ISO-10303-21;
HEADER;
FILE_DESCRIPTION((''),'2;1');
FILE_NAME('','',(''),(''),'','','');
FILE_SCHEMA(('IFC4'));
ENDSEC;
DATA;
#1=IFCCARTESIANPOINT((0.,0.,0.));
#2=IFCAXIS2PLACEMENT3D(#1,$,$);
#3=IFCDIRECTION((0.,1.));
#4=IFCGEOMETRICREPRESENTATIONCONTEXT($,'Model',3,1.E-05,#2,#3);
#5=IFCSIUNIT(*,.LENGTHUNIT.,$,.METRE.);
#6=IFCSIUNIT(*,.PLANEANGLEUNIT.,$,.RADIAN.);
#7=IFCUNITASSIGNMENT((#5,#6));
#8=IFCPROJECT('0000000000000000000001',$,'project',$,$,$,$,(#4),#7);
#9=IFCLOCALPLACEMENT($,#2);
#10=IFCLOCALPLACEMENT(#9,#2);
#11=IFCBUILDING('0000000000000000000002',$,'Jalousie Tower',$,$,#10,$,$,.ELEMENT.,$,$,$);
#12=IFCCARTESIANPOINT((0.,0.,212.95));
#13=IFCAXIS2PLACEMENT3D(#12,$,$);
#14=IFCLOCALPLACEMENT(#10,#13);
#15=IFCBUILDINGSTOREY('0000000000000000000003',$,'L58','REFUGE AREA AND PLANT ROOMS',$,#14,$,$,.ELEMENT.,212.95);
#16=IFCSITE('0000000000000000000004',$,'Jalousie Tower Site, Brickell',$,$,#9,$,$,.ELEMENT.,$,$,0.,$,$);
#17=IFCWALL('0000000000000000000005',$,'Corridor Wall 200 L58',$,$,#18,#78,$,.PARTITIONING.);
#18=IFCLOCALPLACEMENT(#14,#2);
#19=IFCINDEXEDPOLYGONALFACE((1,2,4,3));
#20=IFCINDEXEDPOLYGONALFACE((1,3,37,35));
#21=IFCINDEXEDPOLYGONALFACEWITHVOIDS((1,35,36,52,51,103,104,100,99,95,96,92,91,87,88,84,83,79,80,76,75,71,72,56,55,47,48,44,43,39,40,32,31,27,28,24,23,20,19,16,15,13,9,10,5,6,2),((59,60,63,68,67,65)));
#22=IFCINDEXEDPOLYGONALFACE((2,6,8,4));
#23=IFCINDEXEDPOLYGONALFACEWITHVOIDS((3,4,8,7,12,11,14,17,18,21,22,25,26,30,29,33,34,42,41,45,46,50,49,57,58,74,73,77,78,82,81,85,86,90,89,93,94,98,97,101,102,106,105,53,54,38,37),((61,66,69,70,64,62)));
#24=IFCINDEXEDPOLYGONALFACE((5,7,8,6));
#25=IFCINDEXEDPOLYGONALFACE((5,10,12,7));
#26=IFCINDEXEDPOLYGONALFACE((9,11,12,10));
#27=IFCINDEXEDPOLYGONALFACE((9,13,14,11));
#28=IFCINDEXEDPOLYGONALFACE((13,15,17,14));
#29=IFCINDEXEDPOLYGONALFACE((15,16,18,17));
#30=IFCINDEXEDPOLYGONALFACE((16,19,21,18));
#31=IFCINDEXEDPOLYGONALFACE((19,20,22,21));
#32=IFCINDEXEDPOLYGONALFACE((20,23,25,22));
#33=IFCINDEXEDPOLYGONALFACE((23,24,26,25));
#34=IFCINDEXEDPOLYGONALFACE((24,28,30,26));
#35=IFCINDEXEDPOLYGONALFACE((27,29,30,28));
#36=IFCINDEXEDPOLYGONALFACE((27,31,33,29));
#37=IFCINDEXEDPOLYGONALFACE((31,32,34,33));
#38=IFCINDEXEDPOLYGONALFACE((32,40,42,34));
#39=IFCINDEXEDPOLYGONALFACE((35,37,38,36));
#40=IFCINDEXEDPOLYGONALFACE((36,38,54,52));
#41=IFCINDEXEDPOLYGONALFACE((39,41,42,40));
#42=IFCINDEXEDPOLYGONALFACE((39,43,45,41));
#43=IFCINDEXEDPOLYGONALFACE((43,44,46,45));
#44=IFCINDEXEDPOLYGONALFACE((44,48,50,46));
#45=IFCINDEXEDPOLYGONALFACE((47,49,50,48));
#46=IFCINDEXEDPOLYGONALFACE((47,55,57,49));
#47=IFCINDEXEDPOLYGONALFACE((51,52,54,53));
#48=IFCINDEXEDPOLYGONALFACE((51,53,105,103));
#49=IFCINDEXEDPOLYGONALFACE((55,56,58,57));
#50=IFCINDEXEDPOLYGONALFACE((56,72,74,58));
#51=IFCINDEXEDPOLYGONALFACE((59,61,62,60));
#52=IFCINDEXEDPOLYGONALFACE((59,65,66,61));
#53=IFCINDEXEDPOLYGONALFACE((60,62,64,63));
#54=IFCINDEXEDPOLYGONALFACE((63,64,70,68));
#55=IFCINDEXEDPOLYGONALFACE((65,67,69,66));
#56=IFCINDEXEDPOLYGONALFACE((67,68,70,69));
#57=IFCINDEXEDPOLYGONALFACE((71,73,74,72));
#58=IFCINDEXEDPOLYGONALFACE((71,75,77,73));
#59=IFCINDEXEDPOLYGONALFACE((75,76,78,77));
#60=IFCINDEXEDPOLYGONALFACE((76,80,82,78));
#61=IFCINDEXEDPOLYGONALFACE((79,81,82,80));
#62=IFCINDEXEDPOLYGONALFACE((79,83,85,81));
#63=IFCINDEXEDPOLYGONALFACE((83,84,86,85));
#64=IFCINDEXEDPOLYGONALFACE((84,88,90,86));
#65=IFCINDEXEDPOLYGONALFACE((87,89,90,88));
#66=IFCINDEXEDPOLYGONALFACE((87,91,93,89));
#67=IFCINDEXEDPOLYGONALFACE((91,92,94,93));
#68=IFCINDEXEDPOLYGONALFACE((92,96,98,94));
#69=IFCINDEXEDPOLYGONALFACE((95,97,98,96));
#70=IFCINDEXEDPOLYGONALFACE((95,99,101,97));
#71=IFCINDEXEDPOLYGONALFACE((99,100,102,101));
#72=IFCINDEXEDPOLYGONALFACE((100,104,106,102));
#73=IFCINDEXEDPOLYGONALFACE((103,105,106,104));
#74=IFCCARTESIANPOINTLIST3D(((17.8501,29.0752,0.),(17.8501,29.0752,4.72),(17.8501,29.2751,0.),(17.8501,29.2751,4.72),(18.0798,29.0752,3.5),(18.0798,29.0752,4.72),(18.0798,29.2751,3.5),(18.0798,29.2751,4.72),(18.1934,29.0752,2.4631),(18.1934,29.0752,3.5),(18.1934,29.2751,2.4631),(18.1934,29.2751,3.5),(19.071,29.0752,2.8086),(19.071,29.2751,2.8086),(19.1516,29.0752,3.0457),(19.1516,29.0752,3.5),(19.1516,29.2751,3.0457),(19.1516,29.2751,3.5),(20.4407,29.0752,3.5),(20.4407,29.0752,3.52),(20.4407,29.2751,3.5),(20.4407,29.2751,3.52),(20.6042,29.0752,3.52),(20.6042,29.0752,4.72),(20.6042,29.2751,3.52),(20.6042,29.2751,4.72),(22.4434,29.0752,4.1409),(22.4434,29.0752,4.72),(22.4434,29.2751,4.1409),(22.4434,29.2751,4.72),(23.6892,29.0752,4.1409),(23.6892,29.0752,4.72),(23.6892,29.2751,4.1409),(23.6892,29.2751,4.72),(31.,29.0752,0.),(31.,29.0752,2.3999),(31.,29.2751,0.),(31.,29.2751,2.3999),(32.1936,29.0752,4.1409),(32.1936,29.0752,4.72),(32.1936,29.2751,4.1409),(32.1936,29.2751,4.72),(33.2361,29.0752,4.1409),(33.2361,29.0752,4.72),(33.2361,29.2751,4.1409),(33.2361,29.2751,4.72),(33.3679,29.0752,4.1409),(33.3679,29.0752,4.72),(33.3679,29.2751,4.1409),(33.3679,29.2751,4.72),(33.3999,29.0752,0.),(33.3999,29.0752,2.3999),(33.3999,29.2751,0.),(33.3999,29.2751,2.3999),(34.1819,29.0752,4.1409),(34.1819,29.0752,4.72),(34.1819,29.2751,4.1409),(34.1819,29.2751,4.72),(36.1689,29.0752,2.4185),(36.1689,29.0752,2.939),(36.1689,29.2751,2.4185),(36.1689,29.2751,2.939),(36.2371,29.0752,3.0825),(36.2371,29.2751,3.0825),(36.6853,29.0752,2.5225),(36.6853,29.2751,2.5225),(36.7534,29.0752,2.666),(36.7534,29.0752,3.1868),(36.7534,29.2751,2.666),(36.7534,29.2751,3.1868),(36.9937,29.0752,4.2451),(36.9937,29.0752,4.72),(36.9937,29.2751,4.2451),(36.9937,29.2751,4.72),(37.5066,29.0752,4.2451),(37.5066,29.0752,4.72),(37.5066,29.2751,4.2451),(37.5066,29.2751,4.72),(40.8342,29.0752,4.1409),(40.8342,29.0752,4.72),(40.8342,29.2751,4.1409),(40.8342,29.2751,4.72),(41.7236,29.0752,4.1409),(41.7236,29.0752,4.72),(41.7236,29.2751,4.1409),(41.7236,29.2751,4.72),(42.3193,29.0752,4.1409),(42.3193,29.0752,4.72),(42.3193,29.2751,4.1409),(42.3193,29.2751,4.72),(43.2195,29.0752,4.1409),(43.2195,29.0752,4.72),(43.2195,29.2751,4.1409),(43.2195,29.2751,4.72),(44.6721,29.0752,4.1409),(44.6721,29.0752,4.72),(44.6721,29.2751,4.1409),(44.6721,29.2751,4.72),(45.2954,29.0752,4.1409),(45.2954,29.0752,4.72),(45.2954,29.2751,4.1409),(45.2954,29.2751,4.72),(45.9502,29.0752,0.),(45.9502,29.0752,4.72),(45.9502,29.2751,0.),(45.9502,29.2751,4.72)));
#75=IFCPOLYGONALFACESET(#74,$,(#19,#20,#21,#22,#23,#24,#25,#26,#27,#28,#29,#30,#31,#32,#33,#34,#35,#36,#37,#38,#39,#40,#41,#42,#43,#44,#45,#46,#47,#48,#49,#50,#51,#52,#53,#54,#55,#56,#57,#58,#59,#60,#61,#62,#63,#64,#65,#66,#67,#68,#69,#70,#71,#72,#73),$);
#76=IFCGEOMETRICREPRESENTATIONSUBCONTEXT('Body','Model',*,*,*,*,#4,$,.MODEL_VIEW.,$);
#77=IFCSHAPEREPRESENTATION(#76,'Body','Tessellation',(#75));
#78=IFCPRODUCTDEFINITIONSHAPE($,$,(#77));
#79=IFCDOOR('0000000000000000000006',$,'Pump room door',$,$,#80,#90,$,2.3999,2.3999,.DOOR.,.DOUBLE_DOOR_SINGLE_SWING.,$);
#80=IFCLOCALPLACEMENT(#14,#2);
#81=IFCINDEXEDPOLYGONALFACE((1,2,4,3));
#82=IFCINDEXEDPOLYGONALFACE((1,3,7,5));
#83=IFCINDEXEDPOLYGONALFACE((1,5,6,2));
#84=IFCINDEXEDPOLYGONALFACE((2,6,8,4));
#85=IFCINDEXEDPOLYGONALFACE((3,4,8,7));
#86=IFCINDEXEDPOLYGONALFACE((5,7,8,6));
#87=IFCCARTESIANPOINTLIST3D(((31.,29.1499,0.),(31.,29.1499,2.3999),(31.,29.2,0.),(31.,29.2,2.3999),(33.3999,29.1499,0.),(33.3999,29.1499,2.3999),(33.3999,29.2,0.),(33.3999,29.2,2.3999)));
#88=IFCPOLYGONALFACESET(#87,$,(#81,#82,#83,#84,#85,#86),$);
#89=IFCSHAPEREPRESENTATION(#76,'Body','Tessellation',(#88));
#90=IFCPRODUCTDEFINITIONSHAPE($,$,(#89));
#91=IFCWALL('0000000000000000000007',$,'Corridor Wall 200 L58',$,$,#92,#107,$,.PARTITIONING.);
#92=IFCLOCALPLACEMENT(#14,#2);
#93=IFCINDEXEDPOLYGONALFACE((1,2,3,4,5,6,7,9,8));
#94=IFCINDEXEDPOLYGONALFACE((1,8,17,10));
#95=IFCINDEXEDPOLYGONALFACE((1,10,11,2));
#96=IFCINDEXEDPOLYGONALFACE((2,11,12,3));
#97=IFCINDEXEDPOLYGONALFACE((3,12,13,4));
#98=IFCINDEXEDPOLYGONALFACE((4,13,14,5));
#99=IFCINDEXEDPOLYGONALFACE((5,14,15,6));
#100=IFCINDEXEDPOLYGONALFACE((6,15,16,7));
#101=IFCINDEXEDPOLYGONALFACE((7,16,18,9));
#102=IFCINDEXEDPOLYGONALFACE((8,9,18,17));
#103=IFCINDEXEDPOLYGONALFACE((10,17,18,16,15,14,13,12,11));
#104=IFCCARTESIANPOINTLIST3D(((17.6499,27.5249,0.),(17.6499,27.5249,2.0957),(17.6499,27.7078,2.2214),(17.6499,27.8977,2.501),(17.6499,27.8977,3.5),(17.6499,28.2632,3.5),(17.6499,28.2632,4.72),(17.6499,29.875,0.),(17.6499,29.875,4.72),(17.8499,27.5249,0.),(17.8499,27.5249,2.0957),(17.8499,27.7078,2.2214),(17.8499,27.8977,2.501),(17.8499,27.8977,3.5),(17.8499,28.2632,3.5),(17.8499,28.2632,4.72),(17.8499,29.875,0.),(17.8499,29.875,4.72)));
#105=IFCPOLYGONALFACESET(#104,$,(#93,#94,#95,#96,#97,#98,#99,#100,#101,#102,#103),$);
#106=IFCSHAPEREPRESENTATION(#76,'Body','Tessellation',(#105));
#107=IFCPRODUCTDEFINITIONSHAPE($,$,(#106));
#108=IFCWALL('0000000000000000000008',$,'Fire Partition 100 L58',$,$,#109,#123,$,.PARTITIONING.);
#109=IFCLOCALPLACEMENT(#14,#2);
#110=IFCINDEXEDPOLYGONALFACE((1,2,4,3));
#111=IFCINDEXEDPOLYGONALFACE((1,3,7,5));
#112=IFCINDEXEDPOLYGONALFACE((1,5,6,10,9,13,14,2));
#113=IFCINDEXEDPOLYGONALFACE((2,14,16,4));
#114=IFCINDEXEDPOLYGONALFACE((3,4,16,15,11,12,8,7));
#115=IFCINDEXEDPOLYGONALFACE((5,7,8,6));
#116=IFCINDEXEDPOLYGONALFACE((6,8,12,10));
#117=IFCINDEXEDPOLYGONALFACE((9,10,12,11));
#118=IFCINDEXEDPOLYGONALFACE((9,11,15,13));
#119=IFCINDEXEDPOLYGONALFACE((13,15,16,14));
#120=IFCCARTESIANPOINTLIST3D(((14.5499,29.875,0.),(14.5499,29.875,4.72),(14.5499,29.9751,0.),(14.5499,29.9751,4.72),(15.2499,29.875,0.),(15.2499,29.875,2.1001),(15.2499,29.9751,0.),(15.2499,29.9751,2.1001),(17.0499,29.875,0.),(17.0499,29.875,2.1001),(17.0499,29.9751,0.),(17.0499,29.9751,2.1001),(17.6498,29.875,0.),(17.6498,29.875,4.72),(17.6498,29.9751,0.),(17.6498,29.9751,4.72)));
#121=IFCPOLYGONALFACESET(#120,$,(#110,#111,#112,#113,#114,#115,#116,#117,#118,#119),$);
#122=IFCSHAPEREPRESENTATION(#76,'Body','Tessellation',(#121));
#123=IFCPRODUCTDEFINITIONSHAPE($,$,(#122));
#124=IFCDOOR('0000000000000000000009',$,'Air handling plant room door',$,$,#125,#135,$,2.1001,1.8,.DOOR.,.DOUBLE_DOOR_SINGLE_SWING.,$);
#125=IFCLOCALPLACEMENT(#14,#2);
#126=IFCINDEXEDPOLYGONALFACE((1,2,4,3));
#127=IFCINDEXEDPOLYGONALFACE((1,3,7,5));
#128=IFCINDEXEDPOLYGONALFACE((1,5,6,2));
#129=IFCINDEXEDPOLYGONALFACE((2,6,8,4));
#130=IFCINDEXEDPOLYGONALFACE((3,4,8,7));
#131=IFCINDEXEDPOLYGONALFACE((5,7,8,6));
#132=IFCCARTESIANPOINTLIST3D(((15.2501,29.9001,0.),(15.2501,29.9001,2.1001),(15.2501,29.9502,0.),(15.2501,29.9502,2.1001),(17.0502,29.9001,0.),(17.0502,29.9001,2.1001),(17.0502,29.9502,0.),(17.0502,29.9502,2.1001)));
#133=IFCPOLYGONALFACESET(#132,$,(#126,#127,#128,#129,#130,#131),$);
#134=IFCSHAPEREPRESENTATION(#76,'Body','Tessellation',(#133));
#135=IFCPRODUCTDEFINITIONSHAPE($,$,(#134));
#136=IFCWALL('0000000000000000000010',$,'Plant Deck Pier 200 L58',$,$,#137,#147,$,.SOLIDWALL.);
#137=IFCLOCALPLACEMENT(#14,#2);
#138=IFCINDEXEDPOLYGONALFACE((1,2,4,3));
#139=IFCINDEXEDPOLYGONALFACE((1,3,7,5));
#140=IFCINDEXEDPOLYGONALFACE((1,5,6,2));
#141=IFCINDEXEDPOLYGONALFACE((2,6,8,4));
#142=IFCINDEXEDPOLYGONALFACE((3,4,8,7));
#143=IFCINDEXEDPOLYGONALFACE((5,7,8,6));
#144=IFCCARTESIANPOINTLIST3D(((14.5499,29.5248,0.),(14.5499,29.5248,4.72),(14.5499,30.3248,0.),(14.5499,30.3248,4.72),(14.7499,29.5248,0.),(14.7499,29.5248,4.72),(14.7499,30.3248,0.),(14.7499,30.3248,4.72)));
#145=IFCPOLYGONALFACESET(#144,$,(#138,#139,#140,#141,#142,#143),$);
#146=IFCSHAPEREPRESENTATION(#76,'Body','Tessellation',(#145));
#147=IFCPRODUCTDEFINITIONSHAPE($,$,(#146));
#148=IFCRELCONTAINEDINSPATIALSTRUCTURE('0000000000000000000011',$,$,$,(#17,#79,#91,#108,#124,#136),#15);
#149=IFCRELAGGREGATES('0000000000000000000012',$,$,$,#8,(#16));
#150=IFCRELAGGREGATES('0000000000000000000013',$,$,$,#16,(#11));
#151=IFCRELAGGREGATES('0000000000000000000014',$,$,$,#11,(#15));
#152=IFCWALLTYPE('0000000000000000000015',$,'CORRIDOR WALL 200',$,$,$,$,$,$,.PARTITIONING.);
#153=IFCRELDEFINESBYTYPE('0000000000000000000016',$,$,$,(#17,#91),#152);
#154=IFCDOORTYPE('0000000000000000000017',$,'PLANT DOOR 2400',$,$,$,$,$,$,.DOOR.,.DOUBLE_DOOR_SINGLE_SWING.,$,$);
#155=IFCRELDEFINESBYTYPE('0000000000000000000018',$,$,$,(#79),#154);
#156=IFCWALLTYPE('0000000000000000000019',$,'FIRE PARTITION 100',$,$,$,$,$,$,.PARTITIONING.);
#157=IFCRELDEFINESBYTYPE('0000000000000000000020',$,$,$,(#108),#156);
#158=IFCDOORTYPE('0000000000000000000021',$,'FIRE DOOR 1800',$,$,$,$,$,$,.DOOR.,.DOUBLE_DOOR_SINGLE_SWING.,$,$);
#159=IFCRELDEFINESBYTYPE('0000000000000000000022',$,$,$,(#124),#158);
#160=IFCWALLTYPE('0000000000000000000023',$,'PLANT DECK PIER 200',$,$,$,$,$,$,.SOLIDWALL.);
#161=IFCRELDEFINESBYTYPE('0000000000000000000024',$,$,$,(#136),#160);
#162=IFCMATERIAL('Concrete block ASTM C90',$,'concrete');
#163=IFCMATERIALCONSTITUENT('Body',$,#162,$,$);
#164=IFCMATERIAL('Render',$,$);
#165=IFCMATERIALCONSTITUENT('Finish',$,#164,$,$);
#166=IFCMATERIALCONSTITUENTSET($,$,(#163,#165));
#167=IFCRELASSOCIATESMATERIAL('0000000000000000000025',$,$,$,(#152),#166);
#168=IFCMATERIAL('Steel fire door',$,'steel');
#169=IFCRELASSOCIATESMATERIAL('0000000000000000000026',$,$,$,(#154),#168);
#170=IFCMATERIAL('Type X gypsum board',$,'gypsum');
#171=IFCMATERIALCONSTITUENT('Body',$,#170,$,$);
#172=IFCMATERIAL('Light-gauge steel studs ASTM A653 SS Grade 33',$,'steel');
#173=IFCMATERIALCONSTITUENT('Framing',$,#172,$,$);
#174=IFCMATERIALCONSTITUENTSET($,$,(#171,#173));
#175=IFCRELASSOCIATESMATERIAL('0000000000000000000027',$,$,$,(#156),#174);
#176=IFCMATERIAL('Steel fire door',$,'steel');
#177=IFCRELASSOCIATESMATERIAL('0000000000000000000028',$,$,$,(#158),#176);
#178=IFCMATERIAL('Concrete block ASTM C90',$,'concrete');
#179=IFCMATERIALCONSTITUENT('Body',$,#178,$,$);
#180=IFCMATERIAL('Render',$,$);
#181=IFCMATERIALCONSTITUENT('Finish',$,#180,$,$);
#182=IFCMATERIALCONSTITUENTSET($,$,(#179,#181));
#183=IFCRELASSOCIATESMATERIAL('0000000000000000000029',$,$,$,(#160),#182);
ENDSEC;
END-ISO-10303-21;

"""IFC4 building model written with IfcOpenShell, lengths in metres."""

from ifc_helpers import new_model, si_unit, direction, frame, frame_2d, origin, place, context, subcontext, project, spatial, polyline, rectangle, outline, extrude, material, constituent, constituent_set, type_object, element, fill, save


model = new_model("IFC4")

# Units and contexts
model_context = context("Model", 3, precision=1e-05, world=origin(), true_north=direction((0.0, 1.0)))
body_context = subcontext(model_context, "Body", "Model", "MODEL_VIEW")
ifc_project = project(units=[si_unit("LENGTHUNIT", "METRE"), si_unit("PLANEANGLEUNIT", "RADIAN")], contexts=[model_context])

# Site, building, storey
site_placement = place(None, origin())
site = spatial("IfcSite", under=ifc_project, at=site_placement, Name="Jalousie Tower Site, Brickell", CompositionType="ELEMENT", RefElevation=0.0)
building_placement = place(site_placement, origin())
building = spatial("IfcBuilding", under=site, at=building_placement, Name="Jalousie Tower", CompositionType="ELEMENT")
storey_placement = place(building_placement, frame((0.0, 0.0, 212.95)))
storey = spatial("IfcBuildingStorey", under=building, at=storey_placement, Name="L58", Description="REFUGE AREA AND PLANT ROOMS", CompositionType="ELEMENT", Elevation=212.95)

# Wall, opening, door
ifc_material_1 = material(Name="Concrete block ASTM C90", Category="concrete")
ifc_constituent_1 = constituent(ifc_material_1, Name="Body")
ifc_material_2 = material(Name="Render")
ifc_constituent_2 = constituent(ifc_material_2, Name="Finish")
ifc_constituent_set_1 = constituent_set(constituents=[ifc_constituent_1, ifc_constituent_2])
wall_type_1 = type_object("IfcWallType", Name="CORRIDOR WALL 200", PredefinedType="PARTITIONING", material=ifc_constituent_set_1)
wall_1_placement = place(storey_placement, frame((17.8501, 29.175, 0.0), z_axis=(0.0, 0.0, 1.0), x_axis=(1.0, 0.0, 0.0)))
wall_1 = element("IfcWall", 1, at=wall_1_placement, inside=storey, type_object=wall_type_1, Name="Corridor Wall 200 L58", PredefinedType="PARTITIONING", context=body_context, shape_type="SweptSolid", body=[
    extrude(outline(polyline([(0.2297, 4.72), (0.0, 4.72), (0.0, 0.0), (28.1001, 0.0), (28.1001, 4.72), (27.4453, 4.72), (27.4453, 4.1409), (26.822, 4.1409), (26.822, 4.72), (25.3694, 4.72), (25.3694, 4.1409), (24.4692, 4.1409), (24.4692, 4.72), (23.8735, 4.72), (23.8735, 4.1409), (22.9841, 4.1409), (22.9841, 4.72), (19.6565, 4.72), (19.6565, 4.2451), (19.1436, 4.2451), (19.1436, 4.72), (16.3318, 4.72), (16.3318, 4.1409), (15.5178, 4.1409), (15.5178, 4.72), (15.386, 4.72), (15.386, 4.1409), (14.3435, 4.1409), (14.3435, 4.72), (5.8391, 4.72), (5.8391, 4.1409), (4.5933, 4.1409), (4.5933, 4.72), (2.7542, 4.72), (2.7542, 3.52), (2.5906, 3.52), (2.5906, 3.5), (1.3015, 3.5), (1.3015, 3.0457), (1.2209, 2.8086), (0.3433, 2.4631), (0.3433, 3.5), (0.2297, 3.5), (0.2297, 4.72)]), holes=[polyline([(18.387, 3.0825), (18.9033, 3.1868), (18.9033, 2.666), (18.8352, 2.5225), (18.3188, 2.4185), (18.3188, 2.939), (18.387, 3.0825)])]), frame((0.0, 0.1001, 0.0), z_axis=(0.0, -1.0, 0.0), x_axis=(1.0, 0.0, 0.0)), (0.0, 0.0, 1.0), 0.2),
])
opening_1_placement = place(wall_1_placement, frame((13.1499, 0.0, 0.0)))
opening_1 = element("IfcOpeningElement", 2, at=opening_1_placement, cuts=wall_1, PredefinedType="OPENING", context=body_context, shape_type="SweptSolid", body=[
    extrude(rectangle(XDim=2.3999, YDim=2.3999, at=frame_2d((1.2, 1.2))), frame((0.0, 0.1099, 0.0), z_axis=(0.0, -1.0, 0.0), x_axis=(1.0, 0.0, 0.0)), (0.0, 0.0, 1.0), 0.22),
])
ifc_material_3 = material(Name="Steel fire door", Category="steel")
door_type_1 = type_object("IfcDoorType", Name="PLANT DOOR 2400", OperationType="DOUBLE_DOOR_SINGLE_SWING", PredefinedType="DOOR", material=ifc_material_3)
door_1_placement = place(opening_1_placement, origin())
door_1 = element("IfcDoor", 3, at=door_1_placement, inside=storey, type_object=door_type_1, Name="Pump room door", OperationType="DOUBLE_DOOR_SINGLE_SWING", OverallHeight=2.3999, OverallWidth=2.3999, PredefinedType="DOOR", context=body_context, shape_type="SweptSolid", body=[
    extrude(rectangle(XDim=2.3999, YDim=2.3999, at=frame_2d((1.2, 1.2))), frame((0.0, 0.0249, 0.0), z_axis=(0.0, -1.0, 0.0), x_axis=(1.0, 0.0, 0.0)), (0.0, 0.0, 1.0), 0.05),
])
fill(opening_1, door_1)

# Wall
wall_2_placement = place(storey_placement, frame((17.75, 27.5249, 0.0), z_axis=(0.0, 0.0, 1.0), x_axis=(0.0, 1.0, 0.0)))
element("IfcWall", 4, at=wall_2_placement, inside=storey, type_object=wall_type_1, Name="Corridor Wall 200 L58", PredefinedType="PARTITIONING", context=body_context, shape_type="SweptSolid", body=[
    extrude(outline(polyline([(0.0, 0.0), (2.3501, 0.0), (2.3501, 4.72), (0.7383, 4.72), (0.7383, 3.5), (0.3728, 3.5), (0.3728, 2.501), (0.1829, 2.2214), (0.0, 2.0957), (0.0, 0.0)])), frame((0.0, 0.1001, 0.0), z_axis=(0.0, -1.0, 0.0), x_axis=(1.0, 0.0, 0.0)), (0.0, 0.0, 1.0), 0.2),
])

# Wall, opening, door
ifc_material_4 = material(Name="Type X gypsum board", Category="gypsum")
ifc_constituent_3 = constituent(ifc_material_4, Name="Body")
ifc_material_5 = material(Name="Light-gauge steel studs ASTM A653 SS Grade 33", Category="steel")
ifc_constituent_4 = constituent(ifc_material_5, Name="Framing")
ifc_constituent_set_2 = constituent_set(constituents=[ifc_constituent_3, ifc_constituent_4])
wall_type_2 = type_object("IfcWallType", Name="FIRE PARTITION 100", PredefinedType="PARTITIONING", material=ifc_constituent_set_2)
wall_3_placement = place(storey_placement, frame((14.55, 29.925, 0.0), z_axis=(0.0, 0.0, 1.0), x_axis=(1.0, 0.0, 0.0)))
wall_3 = element("IfcWall", 5, at=wall_3_placement, inside=storey, type_object=wall_type_2, Name="Fire Partition 100 L58", PredefinedType="PARTITIONING", context=body_context, shape_type="SweptSolid", body=[
    extrude(rectangle(XDim=3.0999, YDim=0.1001, at=frame_2d((1.5498, 0.0))), origin(), (0.0, 0.0, 1.0), 4.72),
])
opening_2_placement = place(wall_3_placement, frame((0.7, 0.0, 0.0)))
opening_2 = element("IfcOpeningElement", 6, at=opening_2_placement, cuts=wall_3, PredefinedType="OPENING", context=body_context, shape_type="SweptSolid", body=[
    extrude(rectangle(XDim=1.8, YDim=2.1001, at=frame_2d((0.8999, 1.05))), frame((0.0, 0.0601, 0.0), z_axis=(0.0, -1.0, 0.0), x_axis=(1.0, 0.0, 0.0)), (0.0, 0.0, 1.0), 0.1201),
])
ifc_material_6 = material(Name="Steel fire door", Category="steel")
door_type_2 = type_object("IfcDoorType", Name="FIRE DOOR 1800", OperationType="DOUBLE_DOOR_SINGLE_SWING", PredefinedType="DOOR", material=ifc_material_6)
door_2_placement = place(opening_2_placement, frame((1.8, 0.0, 0.0), z_axis=(0.0, 0.0, 1.0), x_axis=(-1.0, 0.0, 0.0)))
door_2 = element("IfcDoor", 7, at=door_2_placement, inside=storey, type_object=door_type_2, Name="Air handling plant room door", OperationType="DOUBLE_DOOR_SINGLE_SWING", OverallHeight=2.1001, OverallWidth=1.8, PredefinedType="DOOR", context=body_context, shape_type="SweptSolid", body=[
    extrude(rectangle(XDim=1.8, YDim=2.1001, at=frame_2d((0.8999, 1.05))), frame((0.0, 0.0249, 0.0), z_axis=(0.0, -1.0, 0.0), x_axis=(1.0, 0.0, 0.0)), (0.0, 0.0, 1.0), 0.05),
])
fill(opening_2, door_2)

# Wall
ifc_material_7 = material(Name="Concrete block ASTM C90", Category="concrete")
ifc_constituent_5 = constituent(ifc_material_7, Name="Body")
ifc_material_8 = material(Name="Render")
ifc_constituent_6 = constituent(ifc_material_8, Name="Finish")
ifc_constituent_set_3 = constituent_set(constituents=[ifc_constituent_5, ifc_constituent_6])
wall_type_3 = type_object("IfcWallType", Name="PLANT DECK PIER 200", PredefinedType="SOLIDWALL", material=ifc_constituent_set_3)
wall_4_placement = place(storey_placement, frame((14.6499, 29.5249, 0.0), z_axis=(0.0, 0.0, 1.0), x_axis=(0.0, 1.0, 0.0)))
element("IfcWall", 8, at=wall_4_placement, inside=storey, type_object=wall_type_3, Name="Plant Deck Pier 200 L58", PredefinedType="SOLIDWALL", context=body_context, shape_type="SweptSolid", body=[
    extrude(rectangle(XDim=0.8, YDim=0.2, at=frame_2d((0.3999, 0.0))), origin(), (0.0, 0.0, 1.0), 4.72),
])

save(model, "model.ifc")
